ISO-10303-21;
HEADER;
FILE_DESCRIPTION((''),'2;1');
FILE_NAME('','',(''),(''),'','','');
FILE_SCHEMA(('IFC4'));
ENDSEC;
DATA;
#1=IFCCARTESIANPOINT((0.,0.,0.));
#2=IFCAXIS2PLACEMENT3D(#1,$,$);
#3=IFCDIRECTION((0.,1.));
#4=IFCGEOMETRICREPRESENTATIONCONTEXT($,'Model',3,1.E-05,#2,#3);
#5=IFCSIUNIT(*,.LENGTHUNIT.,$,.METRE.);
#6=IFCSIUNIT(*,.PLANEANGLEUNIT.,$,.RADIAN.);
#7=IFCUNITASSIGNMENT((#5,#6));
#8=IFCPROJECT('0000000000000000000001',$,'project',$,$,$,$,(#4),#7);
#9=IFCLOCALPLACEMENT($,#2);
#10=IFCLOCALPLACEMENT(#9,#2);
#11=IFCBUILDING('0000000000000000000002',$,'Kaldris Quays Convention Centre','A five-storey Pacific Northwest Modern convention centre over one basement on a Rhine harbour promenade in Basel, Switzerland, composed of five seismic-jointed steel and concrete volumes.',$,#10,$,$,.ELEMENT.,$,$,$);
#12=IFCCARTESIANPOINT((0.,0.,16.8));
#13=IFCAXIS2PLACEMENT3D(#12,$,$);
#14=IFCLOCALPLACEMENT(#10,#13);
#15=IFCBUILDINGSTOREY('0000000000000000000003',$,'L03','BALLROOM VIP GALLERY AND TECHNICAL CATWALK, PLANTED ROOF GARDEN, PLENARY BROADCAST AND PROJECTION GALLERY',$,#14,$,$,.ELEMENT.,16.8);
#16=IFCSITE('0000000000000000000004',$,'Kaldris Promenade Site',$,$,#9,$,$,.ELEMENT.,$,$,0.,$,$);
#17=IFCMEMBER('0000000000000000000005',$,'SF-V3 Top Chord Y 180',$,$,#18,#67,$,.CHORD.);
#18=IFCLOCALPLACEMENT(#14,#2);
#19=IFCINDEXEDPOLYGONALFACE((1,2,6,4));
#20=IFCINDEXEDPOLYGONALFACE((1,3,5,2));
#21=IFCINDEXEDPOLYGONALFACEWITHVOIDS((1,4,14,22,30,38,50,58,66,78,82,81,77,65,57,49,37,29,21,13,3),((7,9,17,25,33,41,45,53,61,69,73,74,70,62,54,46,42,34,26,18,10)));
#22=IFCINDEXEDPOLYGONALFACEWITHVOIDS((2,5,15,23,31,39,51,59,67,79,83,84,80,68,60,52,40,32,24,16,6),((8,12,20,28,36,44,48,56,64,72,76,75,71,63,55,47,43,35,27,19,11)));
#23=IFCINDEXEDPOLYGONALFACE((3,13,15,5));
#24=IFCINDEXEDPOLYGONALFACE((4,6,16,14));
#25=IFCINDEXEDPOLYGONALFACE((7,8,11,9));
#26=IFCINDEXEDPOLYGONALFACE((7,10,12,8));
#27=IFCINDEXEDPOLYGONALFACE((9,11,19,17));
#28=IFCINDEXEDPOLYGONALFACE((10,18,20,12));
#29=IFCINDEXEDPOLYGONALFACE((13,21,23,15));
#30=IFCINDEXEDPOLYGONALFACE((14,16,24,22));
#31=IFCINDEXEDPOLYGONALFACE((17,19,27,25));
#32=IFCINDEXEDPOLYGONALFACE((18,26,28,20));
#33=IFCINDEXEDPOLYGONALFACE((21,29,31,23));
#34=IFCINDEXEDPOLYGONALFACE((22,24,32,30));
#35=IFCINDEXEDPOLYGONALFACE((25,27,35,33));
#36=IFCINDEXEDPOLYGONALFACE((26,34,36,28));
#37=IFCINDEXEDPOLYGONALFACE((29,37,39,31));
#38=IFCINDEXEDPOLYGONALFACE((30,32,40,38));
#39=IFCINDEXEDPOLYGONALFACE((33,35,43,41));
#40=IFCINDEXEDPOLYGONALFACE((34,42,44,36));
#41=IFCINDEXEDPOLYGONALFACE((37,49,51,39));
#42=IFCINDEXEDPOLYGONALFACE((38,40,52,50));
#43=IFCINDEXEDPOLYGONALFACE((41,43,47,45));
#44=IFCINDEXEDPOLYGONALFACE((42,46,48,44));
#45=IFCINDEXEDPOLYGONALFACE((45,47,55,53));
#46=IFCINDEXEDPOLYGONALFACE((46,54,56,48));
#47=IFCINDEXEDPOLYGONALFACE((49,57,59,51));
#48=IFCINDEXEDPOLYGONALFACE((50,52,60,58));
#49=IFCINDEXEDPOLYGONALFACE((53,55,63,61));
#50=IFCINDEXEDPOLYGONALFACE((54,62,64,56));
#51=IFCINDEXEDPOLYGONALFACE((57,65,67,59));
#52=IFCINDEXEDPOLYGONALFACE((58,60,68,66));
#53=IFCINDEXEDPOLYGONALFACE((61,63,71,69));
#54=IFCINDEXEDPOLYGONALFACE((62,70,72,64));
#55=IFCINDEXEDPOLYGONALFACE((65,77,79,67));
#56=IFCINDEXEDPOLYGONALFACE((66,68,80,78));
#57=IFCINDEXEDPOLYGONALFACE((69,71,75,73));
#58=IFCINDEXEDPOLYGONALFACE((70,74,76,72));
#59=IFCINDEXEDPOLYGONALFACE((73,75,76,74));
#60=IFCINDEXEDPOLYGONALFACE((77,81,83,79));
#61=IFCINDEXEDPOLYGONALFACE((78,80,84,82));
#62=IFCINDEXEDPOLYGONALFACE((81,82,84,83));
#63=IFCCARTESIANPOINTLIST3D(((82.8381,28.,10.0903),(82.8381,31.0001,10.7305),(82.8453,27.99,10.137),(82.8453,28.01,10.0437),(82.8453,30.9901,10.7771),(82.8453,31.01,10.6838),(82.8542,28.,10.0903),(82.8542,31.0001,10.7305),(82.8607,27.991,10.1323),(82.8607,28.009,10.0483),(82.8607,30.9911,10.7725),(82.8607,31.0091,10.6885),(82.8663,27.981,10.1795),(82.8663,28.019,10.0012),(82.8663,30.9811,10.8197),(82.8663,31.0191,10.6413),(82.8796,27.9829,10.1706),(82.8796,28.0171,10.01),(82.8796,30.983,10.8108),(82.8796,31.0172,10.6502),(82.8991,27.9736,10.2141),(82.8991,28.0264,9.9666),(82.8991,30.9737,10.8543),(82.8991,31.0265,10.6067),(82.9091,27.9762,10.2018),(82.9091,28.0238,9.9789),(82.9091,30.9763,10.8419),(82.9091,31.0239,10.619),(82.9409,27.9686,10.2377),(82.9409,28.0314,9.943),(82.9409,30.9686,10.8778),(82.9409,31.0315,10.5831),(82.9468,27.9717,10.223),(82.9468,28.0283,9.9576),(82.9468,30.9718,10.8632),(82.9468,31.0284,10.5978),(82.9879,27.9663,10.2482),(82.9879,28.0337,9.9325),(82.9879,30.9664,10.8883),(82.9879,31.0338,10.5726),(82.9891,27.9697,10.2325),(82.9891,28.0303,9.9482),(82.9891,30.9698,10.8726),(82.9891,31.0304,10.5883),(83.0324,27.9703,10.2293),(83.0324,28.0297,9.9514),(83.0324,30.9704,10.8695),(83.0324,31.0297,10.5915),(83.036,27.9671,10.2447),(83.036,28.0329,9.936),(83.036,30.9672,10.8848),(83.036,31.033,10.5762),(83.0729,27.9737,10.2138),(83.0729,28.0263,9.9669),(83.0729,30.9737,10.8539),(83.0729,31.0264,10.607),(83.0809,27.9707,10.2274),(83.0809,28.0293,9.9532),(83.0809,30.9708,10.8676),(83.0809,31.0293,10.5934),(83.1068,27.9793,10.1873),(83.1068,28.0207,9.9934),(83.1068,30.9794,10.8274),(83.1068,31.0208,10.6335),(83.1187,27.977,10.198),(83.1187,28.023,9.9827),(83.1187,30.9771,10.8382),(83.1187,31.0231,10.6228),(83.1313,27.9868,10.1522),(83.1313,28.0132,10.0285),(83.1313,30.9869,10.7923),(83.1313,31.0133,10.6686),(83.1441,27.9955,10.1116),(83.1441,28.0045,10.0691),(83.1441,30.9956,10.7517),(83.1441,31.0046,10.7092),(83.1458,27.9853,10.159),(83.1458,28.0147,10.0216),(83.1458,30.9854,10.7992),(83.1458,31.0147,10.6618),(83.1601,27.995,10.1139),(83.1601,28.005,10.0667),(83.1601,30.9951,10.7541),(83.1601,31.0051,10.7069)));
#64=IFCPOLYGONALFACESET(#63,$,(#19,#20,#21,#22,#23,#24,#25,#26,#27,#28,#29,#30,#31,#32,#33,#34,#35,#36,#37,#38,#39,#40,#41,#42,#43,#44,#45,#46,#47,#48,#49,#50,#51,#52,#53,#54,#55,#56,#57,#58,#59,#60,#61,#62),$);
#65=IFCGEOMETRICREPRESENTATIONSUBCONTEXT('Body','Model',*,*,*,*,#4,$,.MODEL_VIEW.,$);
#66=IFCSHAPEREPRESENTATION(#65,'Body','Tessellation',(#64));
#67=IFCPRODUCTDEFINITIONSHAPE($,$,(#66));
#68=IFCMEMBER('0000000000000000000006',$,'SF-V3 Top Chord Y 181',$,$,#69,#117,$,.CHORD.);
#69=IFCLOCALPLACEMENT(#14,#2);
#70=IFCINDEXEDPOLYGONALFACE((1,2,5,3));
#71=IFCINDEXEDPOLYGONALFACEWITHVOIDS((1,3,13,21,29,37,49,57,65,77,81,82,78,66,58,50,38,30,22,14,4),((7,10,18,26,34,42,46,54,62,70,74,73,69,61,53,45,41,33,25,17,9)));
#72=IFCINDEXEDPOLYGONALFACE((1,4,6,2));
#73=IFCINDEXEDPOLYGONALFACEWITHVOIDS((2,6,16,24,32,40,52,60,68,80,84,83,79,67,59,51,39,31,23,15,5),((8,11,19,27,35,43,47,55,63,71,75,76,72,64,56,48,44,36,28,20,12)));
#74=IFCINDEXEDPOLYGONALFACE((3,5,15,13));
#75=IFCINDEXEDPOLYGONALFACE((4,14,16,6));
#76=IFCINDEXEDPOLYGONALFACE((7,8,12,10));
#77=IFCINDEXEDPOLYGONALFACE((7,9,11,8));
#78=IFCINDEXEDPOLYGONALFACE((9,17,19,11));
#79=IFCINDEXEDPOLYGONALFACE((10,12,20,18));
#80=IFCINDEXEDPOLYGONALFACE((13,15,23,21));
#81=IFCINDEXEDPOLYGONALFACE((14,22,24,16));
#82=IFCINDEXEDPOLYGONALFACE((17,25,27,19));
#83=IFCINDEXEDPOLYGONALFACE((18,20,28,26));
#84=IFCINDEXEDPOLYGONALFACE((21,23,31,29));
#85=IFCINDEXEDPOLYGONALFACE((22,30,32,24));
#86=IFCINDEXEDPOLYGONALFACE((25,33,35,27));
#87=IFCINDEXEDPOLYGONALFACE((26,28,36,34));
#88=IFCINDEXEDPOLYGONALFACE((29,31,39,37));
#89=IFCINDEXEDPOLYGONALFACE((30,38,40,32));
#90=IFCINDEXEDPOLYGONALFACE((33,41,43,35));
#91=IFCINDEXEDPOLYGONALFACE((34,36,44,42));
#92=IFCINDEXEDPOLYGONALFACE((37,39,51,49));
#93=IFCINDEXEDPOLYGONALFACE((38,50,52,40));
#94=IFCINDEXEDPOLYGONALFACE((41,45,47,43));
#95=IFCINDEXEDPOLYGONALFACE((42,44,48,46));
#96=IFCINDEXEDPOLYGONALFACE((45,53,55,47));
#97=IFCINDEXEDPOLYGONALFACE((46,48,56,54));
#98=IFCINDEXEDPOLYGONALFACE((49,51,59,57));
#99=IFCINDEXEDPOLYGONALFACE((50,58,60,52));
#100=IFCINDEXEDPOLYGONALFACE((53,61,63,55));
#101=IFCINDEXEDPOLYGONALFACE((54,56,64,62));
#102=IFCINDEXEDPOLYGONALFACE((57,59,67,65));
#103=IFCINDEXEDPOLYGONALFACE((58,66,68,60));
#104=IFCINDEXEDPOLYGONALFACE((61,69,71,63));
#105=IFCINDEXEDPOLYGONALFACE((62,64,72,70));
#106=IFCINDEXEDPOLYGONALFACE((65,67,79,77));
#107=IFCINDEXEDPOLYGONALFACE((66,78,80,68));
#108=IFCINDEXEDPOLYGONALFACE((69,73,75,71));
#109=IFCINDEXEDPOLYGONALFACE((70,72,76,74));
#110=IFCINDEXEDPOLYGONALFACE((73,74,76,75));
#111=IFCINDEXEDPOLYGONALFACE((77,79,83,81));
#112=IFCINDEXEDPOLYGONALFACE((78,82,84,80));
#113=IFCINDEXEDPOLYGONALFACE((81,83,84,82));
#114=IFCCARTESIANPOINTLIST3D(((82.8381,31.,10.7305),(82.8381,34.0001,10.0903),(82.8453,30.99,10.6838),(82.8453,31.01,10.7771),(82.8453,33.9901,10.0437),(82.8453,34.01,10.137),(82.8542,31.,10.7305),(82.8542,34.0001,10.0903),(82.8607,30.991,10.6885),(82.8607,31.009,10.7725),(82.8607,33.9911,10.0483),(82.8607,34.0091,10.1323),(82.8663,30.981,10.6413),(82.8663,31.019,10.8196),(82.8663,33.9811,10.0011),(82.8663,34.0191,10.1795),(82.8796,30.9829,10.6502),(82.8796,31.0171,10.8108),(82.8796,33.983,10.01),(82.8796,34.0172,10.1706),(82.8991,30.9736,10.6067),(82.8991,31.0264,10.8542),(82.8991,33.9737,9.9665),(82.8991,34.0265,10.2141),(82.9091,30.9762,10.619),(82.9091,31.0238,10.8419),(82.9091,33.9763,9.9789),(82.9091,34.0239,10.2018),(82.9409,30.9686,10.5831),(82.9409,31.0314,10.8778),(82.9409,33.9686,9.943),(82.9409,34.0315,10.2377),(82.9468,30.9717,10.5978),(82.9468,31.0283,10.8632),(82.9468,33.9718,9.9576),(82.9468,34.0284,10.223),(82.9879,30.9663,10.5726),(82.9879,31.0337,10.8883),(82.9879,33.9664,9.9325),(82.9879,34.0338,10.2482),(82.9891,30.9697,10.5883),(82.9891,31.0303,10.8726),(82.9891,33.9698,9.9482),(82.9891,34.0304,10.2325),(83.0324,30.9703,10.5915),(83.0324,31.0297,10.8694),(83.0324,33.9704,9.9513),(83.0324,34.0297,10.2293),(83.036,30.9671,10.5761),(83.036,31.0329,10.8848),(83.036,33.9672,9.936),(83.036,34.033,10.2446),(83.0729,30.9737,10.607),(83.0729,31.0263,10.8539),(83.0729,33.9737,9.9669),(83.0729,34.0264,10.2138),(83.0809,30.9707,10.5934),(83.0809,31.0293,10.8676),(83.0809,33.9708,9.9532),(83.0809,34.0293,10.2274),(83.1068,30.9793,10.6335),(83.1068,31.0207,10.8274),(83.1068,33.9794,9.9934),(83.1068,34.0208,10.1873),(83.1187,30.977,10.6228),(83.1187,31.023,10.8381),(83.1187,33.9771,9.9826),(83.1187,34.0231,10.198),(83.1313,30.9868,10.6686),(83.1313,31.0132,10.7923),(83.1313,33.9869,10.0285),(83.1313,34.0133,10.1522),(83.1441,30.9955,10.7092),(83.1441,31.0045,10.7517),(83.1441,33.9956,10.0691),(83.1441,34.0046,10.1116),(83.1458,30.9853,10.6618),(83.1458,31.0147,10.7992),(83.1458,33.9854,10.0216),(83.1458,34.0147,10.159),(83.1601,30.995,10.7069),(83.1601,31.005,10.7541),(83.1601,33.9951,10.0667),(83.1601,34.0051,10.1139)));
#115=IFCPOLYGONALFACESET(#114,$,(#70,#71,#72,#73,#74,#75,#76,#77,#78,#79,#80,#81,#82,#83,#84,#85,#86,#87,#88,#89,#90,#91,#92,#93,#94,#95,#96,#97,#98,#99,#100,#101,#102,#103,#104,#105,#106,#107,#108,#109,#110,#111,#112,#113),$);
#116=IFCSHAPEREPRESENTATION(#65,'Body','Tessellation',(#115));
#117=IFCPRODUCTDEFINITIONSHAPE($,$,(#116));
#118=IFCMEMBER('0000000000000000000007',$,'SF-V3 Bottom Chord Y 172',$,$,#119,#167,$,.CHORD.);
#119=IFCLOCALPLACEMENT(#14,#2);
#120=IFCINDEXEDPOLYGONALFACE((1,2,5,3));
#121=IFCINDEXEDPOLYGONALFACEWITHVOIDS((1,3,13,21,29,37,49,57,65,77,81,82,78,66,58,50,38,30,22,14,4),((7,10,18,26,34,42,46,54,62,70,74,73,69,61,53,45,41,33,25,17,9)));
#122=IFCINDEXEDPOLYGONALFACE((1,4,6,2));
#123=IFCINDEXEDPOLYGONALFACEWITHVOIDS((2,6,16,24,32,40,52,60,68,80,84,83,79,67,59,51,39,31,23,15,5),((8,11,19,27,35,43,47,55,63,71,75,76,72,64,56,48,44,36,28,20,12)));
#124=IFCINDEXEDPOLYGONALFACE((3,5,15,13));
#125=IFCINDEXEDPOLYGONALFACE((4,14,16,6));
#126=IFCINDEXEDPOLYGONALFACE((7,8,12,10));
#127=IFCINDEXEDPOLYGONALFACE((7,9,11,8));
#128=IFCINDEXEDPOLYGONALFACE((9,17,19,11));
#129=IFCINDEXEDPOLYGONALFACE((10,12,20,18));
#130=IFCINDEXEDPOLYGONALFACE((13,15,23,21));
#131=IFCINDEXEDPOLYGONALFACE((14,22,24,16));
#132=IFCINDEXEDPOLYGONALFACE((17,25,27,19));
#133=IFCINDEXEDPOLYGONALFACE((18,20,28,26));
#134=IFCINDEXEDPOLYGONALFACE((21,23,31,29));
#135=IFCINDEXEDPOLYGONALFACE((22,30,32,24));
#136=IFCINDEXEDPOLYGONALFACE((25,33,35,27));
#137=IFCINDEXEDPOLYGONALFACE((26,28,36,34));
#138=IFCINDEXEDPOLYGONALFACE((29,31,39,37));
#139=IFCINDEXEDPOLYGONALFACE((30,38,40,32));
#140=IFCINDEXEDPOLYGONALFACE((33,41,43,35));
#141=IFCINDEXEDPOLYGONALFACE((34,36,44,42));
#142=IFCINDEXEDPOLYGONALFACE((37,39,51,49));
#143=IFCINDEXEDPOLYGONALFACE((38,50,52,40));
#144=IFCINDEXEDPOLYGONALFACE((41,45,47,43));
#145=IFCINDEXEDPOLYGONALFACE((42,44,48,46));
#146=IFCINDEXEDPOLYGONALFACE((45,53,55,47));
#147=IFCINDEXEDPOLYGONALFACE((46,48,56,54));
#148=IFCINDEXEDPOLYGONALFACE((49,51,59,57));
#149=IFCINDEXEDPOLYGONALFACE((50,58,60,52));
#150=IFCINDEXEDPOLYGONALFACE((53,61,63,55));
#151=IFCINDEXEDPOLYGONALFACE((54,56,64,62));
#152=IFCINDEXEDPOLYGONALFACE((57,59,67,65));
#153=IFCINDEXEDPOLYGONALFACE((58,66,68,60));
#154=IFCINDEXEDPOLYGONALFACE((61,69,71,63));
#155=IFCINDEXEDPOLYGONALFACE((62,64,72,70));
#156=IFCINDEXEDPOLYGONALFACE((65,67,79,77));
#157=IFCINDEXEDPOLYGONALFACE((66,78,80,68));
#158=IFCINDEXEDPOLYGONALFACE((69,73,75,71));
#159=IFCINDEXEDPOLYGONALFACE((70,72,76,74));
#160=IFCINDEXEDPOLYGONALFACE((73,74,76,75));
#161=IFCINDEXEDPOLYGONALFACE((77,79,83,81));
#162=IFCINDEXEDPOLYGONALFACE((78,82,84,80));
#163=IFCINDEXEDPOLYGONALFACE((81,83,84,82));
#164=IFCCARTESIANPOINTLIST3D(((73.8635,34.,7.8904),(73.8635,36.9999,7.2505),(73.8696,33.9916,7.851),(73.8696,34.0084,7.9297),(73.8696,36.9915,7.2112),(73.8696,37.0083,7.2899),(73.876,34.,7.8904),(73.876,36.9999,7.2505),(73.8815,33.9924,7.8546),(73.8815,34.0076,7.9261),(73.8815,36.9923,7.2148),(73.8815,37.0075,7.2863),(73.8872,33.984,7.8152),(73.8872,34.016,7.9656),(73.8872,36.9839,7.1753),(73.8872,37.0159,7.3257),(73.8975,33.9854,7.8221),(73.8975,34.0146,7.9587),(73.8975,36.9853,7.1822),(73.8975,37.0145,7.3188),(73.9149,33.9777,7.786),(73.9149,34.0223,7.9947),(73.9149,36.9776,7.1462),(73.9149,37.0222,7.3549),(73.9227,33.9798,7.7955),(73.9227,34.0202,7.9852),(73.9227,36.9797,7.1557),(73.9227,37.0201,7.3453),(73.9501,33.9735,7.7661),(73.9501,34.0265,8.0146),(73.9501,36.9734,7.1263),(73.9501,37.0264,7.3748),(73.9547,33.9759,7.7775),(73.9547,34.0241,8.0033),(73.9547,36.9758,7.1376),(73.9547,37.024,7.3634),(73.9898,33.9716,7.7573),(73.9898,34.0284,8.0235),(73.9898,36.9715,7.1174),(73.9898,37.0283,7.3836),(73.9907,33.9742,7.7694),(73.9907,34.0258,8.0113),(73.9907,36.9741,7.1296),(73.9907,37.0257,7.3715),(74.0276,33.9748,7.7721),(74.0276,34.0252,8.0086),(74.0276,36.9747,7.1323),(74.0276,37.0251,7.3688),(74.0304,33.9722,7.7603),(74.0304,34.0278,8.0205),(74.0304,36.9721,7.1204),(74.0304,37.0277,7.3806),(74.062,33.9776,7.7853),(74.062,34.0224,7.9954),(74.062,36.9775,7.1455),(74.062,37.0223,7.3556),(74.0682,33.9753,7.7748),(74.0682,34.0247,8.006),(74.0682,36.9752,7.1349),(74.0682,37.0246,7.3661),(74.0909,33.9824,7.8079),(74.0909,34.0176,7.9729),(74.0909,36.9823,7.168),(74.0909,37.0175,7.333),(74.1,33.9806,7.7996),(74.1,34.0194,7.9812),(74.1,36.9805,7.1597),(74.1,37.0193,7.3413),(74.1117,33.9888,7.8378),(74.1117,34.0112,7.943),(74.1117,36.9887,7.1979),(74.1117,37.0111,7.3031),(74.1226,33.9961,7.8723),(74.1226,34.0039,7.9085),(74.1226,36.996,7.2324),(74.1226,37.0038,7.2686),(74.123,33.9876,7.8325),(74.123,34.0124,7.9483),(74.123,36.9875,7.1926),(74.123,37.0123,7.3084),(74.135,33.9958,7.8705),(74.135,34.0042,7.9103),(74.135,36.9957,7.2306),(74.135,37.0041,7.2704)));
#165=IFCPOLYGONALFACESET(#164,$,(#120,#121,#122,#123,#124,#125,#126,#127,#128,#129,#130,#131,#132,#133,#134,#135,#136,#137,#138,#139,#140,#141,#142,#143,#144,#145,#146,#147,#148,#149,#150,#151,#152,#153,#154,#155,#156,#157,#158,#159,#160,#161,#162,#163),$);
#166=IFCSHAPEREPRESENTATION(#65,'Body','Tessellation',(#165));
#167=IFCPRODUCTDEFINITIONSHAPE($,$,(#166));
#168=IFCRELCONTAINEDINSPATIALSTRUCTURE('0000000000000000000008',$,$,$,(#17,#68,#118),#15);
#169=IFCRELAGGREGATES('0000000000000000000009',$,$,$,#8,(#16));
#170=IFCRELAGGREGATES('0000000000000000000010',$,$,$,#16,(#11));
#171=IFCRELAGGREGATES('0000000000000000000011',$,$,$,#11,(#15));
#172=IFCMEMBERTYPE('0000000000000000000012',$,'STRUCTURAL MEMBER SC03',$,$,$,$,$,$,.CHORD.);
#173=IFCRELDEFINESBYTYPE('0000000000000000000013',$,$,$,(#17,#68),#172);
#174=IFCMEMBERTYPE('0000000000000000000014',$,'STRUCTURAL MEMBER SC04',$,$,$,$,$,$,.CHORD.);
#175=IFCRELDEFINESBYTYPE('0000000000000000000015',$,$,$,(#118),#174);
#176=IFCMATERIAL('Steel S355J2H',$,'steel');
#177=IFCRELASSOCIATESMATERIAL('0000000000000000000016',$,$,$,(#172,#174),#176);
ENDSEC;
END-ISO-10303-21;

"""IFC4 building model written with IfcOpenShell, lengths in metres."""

from ifc_helpers import new_model, si_unit, direction, frame, origin, origin_2d, place, context, subcontext, project, spatial, hollow_circle, extrude, material, material_profile, profile_set, type_object, element, save


model = new_model("IFC4")

# Units and contexts
model_context = context("Model", 3, precision=1e-05, world=origin(), true_north=direction((0.0, 1.0)))
body_context = subcontext(model_context, "Body", "Model", "MODEL_VIEW")
ifc_project = project(units=[si_unit("LENGTHUNIT", "METRE"), si_unit("PLANEANGLEUNIT", "RADIAN")], contexts=[model_context])

# Site, building, storey
site_placement = place(None, origin())
site = spatial("IfcSite", under=ifc_project, at=site_placement, Name="Kaldris Promenade Site", CompositionType="ELEMENT", RefElevation=0.0)
building_placement = place(site_placement, origin())
building = spatial("IfcBuilding", under=site, at=building_placement, Name="Kaldris Quays Convention Centre", Description="A five-storey Pacific Northwest Modern convention centre over one basement on a Rhine harbour promenade in Basel, Switzerland, composed of five seismic-jointed steel and concrete volumes.", CompositionType="ELEMENT")
storey_placement = place(building_placement, frame((0.0, 0.0, 16.8)))
storey = spatial("IfcBuildingStorey", under=building, at=storey_placement, Name="L03", Description="BALLROOM VIP GALLERY AND TECHNICAL CATWALK, PLANTED ROOF GARDEN, PLENARY BROADCAST AND PROJECTION GALLERY", CompositionType="ELEMENT", Elevation=16.8)

# Members
ifc_material_1 = material(Name="Steel S355J2H", Category="steel")
ifc_material_profile_1 = material_profile(ifc_material_1, hollow_circle(Radius=0.1619, WallThickness=0.0161, at=origin_2d()), Name="CHS 323.9x16")
ifc_profile_set_1 = profile_set([ifc_material_profile_1], Name="Steel S355J2H")
member_type_1 = type_object("IfcMemberType", Name="STRUCTURAL MEMBER SC03", PredefinedType="CHORD", material=ifc_profile_set_1)
for number, where, z_axis, x_axis, name in (
    (1, (83.0, 28.0, 10.0903), (0.0, 0.977984, 0.208681), (-1.0, 0.0, 0.0), "SF-V3 Top Chord Y 180"),
    (2, (83.0, 31.0, 10.7305), (0.0, 0.977984, -0.208681), (-1.0, 0.0, 0.0), "SF-V3 Top Chord Y 181"),
):
    element("IfcMember", number, at=place(storey_placement, frame(where, z_axis=z_axis, x_axis=x_axis)), inside=storey, type_object=member_type_1, Name=name, PredefinedType="CHORD", context=body_context, shape_type="SweptSolid", body=[
        extrude(hollow_circle(Radius=0.1619, WallThickness=0.0161, at=origin_2d()), origin(), (0.0, 0.0, 1.0), 3.0676),
    ])
ifc_material_profile_2 = material_profile(ifc_material_1, hollow_circle(Radius=0.1365, WallThickness=0.0125, at=origin_2d()), Name="CHS 273x12.5")
ifc_profile_set_2 = profile_set([ifc_material_profile_2], Name="Steel S355J2H")
member_type_2 = type_object("IfcMemberType", Name="STRUCTURAL MEMBER SC04", PredefinedType="CHORD", material=ifc_profile_set_2)
member_1_placement = place(storey_placement, frame((74.0, 34.0, 7.8904), z_axis=(0.0, 0.978, -0.208605), x_axis=(-1.0, 0.0, 0.0)))
element("IfcMember", 3, at=member_1_placement, inside=storey, type_object=member_type_2, Name="SF-V3 Bottom Chord Y 172", PredefinedType="CHORD", context=body_context, shape_type="SweptSolid", body=[
    extrude(hollow_circle(Radius=0.1365, WallThickness=0.0125, at=origin_2d()), origin(), (0.0, 0.0, 1.0), 3.0674),
])

save(model, "model.ifc")
